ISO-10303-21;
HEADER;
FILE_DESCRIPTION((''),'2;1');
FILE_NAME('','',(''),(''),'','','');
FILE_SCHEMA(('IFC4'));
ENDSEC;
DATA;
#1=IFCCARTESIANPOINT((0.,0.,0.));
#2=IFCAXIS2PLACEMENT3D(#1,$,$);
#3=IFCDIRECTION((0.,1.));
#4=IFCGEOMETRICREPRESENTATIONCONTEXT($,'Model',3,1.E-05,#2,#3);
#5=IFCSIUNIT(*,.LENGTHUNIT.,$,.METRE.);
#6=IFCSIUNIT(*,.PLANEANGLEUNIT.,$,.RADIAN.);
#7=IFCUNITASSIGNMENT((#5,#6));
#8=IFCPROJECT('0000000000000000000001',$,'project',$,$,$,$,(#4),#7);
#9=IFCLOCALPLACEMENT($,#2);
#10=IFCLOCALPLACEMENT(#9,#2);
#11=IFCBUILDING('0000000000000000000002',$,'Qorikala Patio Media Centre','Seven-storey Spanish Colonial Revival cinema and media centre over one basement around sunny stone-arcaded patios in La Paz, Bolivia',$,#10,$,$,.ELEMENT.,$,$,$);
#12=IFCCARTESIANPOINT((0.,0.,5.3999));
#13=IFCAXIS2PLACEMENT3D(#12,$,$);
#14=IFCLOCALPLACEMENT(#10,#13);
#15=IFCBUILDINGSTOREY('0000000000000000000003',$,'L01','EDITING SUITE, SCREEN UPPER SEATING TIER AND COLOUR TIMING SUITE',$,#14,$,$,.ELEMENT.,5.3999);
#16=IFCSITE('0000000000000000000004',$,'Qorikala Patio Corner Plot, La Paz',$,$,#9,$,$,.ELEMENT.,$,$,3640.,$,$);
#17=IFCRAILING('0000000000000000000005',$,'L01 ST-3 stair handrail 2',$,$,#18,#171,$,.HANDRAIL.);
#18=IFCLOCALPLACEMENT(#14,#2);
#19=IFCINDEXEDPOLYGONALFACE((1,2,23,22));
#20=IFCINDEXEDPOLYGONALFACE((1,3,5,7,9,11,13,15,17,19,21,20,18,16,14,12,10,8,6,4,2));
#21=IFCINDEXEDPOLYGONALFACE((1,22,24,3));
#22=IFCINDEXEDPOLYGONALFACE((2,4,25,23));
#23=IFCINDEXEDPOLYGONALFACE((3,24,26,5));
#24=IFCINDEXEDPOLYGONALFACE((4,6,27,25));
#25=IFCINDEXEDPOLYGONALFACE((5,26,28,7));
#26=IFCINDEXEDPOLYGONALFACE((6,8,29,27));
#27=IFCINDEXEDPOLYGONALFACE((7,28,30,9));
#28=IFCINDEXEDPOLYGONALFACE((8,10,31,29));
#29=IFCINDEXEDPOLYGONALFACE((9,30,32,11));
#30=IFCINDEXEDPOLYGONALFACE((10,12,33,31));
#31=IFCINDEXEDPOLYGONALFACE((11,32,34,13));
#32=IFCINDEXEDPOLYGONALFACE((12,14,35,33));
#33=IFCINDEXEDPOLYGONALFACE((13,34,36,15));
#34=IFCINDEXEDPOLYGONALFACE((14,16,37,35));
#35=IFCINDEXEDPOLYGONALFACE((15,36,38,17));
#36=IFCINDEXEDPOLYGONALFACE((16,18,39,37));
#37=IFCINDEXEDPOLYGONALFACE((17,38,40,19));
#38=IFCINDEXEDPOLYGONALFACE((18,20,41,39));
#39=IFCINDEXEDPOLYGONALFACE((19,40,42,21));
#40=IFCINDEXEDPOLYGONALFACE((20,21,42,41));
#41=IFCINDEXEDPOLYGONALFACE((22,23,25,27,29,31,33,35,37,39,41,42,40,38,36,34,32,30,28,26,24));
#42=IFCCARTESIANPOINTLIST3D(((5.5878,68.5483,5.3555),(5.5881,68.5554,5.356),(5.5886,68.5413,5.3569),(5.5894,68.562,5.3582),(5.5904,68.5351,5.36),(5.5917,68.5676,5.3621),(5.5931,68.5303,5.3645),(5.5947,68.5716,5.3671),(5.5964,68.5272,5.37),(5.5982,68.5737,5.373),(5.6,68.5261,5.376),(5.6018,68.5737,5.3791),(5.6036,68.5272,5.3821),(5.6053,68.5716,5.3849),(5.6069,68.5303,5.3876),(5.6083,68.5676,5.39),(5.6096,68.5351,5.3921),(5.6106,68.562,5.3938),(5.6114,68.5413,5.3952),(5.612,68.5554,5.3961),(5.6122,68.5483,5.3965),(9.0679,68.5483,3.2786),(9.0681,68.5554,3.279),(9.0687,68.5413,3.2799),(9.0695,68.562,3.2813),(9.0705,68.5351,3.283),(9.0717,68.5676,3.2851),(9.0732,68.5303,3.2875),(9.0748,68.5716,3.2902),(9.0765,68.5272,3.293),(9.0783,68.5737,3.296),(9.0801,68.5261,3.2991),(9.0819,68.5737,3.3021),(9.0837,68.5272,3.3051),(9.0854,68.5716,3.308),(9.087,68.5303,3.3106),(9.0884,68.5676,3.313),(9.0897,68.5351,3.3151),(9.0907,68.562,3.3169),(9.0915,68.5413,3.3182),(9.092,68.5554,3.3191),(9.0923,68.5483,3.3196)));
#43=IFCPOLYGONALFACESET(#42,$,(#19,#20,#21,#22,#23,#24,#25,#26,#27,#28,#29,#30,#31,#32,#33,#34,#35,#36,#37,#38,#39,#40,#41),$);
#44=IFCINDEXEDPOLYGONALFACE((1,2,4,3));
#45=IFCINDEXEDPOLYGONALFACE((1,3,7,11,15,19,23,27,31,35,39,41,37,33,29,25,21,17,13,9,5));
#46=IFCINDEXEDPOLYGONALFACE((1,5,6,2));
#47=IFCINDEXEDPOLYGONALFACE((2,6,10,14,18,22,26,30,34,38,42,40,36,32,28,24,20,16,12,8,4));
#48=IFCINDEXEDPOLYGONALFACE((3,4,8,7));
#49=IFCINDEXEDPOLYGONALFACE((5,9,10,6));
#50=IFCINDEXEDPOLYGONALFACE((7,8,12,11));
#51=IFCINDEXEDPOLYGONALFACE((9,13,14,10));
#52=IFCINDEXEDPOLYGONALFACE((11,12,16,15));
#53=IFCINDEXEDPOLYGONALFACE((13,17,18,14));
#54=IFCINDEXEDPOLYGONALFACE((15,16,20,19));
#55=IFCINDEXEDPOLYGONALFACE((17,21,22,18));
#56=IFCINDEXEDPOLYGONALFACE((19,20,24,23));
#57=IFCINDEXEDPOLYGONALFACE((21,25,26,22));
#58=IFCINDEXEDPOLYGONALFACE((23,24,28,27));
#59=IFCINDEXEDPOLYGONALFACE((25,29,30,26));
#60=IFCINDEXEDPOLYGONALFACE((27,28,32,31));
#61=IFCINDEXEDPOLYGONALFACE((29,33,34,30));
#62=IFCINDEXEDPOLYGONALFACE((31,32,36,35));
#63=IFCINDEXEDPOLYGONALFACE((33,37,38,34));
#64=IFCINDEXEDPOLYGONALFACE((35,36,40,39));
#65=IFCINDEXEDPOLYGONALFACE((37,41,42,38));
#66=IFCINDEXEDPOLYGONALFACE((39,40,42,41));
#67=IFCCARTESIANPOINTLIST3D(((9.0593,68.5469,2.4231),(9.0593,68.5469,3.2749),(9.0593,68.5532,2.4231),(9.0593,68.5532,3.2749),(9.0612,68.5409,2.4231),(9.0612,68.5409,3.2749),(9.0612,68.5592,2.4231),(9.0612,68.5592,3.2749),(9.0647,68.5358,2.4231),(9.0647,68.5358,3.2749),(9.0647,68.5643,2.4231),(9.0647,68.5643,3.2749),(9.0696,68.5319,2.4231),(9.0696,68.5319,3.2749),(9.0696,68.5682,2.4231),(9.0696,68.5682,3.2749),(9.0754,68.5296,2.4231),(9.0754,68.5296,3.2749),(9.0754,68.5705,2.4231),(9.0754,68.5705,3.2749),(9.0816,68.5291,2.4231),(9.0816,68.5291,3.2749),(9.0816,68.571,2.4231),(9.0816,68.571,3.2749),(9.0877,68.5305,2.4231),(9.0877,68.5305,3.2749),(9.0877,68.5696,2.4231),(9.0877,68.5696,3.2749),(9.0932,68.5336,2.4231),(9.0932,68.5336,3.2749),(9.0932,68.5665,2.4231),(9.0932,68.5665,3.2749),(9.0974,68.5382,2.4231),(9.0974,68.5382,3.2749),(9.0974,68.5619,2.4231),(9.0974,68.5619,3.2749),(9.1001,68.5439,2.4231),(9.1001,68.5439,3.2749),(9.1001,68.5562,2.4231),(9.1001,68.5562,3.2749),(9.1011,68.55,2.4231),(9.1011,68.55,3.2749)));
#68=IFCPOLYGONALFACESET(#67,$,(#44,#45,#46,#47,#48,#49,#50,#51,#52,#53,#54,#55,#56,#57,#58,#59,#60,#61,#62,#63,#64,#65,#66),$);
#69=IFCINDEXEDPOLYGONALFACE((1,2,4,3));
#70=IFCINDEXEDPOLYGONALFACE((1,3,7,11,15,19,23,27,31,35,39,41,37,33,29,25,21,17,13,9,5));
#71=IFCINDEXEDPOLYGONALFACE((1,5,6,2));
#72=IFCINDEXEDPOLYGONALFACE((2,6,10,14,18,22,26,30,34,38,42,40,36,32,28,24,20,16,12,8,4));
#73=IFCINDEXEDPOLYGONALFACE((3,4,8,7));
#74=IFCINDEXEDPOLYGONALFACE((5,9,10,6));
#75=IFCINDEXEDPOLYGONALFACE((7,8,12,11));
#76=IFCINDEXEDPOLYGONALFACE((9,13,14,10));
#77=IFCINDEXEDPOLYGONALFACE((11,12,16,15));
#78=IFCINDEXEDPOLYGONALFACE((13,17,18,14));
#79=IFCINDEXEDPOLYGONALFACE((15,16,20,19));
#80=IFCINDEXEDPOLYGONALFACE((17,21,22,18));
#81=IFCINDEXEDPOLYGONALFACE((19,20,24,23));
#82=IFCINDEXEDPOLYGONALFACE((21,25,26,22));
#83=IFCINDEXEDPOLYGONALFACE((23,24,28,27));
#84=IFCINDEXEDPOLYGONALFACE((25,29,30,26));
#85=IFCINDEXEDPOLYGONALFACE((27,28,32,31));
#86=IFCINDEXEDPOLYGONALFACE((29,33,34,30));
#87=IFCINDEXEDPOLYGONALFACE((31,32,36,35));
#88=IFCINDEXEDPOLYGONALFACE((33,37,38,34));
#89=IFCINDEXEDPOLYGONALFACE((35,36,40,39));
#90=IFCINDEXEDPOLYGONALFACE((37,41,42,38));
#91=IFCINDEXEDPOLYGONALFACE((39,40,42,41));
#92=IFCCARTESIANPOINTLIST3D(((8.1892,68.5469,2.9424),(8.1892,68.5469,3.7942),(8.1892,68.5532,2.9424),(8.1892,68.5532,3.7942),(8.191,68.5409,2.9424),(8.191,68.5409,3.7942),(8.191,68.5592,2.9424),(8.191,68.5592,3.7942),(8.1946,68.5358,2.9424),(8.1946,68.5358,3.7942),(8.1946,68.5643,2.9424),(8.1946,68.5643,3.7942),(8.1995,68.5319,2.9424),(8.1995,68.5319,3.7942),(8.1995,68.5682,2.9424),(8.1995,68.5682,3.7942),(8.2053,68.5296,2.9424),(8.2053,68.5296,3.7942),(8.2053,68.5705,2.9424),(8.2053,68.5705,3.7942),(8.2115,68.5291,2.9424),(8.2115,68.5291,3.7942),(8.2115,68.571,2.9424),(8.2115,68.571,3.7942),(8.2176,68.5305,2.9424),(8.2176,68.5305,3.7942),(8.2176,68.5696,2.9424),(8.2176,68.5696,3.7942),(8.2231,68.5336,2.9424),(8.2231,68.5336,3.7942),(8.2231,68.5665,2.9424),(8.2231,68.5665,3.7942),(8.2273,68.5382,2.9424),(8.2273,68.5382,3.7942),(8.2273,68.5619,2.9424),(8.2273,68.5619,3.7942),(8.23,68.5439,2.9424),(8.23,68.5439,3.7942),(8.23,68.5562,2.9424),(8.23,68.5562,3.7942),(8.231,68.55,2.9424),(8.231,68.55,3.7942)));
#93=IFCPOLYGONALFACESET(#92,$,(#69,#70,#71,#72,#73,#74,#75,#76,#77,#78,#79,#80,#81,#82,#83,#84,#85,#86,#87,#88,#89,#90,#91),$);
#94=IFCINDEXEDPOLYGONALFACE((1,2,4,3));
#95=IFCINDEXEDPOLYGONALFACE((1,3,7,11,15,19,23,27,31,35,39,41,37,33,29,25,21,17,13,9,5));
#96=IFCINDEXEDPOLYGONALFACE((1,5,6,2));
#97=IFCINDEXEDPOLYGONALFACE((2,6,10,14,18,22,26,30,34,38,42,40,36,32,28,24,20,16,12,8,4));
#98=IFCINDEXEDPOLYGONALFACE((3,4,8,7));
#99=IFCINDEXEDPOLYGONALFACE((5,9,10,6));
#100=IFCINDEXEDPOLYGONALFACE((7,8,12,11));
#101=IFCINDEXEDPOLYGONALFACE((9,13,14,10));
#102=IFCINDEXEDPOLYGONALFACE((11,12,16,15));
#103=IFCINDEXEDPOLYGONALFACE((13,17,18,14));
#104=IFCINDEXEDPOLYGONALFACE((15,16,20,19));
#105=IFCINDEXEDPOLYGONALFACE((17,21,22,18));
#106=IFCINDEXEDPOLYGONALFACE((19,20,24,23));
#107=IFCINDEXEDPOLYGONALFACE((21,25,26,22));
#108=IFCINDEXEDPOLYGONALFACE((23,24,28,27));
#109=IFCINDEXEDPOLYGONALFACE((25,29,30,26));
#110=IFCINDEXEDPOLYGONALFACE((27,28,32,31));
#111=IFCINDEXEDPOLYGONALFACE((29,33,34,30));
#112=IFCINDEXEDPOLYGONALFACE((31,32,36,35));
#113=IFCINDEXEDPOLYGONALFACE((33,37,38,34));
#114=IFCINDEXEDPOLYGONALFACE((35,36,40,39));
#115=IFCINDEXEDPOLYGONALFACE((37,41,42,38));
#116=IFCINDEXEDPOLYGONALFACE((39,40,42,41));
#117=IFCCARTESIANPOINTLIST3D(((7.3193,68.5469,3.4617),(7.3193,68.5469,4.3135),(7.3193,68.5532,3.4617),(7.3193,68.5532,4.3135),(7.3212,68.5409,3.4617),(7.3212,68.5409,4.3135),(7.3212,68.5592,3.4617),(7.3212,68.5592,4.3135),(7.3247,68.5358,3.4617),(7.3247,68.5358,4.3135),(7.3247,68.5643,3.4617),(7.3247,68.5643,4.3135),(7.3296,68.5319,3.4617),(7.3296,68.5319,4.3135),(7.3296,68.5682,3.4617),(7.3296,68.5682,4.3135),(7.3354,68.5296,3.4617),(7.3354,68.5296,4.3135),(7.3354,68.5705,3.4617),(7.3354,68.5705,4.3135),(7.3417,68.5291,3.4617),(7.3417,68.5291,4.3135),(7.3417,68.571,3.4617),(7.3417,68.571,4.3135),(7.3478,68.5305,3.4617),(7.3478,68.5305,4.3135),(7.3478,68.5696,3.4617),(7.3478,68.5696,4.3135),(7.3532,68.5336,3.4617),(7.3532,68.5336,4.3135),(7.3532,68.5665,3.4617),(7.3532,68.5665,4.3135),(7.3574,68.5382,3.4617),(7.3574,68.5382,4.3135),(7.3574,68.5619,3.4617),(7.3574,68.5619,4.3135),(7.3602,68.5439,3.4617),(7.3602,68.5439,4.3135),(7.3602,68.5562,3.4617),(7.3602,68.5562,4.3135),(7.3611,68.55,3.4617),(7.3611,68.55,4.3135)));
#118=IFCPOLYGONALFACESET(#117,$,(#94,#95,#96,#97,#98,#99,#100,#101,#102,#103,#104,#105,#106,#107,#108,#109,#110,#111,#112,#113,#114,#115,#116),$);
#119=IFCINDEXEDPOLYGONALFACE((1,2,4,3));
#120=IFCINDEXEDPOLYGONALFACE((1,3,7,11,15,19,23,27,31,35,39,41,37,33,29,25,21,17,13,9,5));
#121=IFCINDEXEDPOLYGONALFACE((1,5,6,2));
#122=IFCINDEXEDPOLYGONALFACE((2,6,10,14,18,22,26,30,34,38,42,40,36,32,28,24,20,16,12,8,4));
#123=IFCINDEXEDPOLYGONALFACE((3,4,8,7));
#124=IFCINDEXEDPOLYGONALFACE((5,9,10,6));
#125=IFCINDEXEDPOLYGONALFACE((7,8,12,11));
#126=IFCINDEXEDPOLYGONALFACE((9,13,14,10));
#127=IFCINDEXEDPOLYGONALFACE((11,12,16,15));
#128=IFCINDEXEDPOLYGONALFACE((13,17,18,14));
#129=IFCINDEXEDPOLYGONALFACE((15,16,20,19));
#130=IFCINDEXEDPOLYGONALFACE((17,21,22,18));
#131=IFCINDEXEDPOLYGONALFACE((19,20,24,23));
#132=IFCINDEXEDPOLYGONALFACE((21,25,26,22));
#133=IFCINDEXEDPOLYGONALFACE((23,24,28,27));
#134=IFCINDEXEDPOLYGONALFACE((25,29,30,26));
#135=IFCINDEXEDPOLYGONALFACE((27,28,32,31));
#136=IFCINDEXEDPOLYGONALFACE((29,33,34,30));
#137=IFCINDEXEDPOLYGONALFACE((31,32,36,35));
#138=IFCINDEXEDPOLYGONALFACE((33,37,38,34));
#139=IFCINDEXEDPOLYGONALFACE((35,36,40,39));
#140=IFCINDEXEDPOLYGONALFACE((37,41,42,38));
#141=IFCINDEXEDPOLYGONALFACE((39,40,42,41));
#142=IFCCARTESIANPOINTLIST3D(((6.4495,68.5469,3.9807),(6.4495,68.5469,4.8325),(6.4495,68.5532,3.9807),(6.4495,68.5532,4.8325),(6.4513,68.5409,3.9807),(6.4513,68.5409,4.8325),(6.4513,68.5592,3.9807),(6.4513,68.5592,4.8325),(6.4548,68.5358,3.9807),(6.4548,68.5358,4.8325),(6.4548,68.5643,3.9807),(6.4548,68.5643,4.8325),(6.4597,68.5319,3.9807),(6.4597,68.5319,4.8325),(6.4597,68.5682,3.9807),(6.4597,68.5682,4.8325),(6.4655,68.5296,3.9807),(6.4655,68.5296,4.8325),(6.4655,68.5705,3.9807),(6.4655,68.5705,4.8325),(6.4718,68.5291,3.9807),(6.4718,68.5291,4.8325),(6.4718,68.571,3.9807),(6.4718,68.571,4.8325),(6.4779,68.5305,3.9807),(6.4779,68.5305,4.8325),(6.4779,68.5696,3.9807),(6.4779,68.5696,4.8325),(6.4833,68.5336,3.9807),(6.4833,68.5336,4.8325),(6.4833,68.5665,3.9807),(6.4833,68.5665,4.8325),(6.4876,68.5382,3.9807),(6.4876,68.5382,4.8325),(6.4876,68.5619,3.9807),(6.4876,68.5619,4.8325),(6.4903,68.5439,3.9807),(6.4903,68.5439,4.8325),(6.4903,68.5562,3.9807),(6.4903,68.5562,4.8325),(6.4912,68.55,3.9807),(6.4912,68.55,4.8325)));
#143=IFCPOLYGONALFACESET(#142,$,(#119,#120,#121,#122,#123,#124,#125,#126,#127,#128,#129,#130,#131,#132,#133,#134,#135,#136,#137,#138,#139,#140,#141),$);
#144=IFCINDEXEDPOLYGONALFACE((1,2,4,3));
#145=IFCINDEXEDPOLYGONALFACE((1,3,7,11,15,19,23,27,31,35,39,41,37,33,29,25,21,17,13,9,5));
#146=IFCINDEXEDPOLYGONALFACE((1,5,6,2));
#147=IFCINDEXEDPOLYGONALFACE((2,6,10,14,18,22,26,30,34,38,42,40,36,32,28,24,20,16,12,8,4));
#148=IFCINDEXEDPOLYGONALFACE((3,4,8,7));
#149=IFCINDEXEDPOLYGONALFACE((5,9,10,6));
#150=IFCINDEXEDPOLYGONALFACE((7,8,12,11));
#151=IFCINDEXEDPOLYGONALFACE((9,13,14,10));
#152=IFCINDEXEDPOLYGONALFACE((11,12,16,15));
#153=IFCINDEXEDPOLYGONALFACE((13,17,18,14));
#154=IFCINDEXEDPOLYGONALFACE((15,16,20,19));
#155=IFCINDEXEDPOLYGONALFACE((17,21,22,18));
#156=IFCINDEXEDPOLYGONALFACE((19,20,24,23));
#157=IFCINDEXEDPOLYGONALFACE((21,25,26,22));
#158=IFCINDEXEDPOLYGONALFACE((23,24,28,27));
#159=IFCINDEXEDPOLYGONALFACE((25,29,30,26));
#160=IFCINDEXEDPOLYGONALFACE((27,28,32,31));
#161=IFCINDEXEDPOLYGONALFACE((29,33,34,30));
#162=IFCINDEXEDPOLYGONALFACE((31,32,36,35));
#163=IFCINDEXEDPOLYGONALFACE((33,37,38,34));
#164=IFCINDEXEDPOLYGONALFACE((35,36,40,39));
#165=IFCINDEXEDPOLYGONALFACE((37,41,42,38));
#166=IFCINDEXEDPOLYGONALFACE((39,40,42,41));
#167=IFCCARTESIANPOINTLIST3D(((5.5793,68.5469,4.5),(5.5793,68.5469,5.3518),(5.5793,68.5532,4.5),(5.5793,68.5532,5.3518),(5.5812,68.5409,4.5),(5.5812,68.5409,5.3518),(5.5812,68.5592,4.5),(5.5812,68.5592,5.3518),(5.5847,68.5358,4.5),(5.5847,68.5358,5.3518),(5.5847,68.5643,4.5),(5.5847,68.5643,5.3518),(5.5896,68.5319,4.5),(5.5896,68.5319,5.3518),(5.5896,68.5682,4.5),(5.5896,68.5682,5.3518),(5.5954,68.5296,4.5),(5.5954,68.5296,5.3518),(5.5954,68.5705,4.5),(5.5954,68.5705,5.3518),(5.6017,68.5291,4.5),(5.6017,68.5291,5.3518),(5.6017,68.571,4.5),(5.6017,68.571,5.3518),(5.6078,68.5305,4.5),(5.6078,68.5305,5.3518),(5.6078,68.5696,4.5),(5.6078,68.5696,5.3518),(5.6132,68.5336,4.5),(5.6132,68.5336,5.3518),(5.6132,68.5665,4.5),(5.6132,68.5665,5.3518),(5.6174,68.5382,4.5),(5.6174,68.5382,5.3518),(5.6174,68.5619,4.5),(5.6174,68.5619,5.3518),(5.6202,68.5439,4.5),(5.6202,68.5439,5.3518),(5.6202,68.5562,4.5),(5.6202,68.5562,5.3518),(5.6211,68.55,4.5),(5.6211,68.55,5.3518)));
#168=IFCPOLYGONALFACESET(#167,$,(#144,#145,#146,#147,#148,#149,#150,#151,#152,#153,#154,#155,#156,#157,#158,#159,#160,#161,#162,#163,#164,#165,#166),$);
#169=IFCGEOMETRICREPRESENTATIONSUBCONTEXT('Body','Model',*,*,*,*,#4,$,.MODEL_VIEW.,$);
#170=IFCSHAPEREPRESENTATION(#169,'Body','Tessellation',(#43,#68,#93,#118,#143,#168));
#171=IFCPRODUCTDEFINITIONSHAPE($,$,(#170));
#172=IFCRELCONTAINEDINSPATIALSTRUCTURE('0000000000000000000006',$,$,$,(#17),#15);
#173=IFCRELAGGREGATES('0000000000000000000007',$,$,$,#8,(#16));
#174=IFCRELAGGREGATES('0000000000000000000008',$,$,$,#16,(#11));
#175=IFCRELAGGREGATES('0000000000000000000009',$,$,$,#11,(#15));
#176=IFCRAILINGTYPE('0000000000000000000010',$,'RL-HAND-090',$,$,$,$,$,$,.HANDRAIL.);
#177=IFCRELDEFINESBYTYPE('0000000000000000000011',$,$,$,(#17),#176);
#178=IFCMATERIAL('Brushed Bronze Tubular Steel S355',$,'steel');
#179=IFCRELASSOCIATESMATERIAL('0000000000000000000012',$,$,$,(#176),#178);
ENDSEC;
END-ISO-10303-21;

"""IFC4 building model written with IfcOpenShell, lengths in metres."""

from ifc_helpers import new_model, si_unit, direction, frame, origin, origin_2d, place, context, subcontext, project, spatial, circle, extrude, material, type_object, element, save


model = new_model("IFC4")

# Units and contexts
model_context = context("Model", 3, precision=1e-05, world=origin(), true_north=direction((0.0, 1.0)))
body_context = subcontext(model_context, "Body", "Model", "MODEL_VIEW")
ifc_project = project(units=[si_unit("LENGTHUNIT", "METRE"), si_unit("PLANEANGLEUNIT", "RADIAN")], contexts=[model_context])

# Site, building, storey
site_placement = place(None, origin())
site = spatial("IfcSite", under=ifc_project, at=site_placement, Name="Qorikala Patio Corner Plot, La Paz", CompositionType="ELEMENT", RefElevation=3640.0)
building_placement = place(site_placement, origin())
building = spatial("IfcBuilding", under=site, at=building_placement, Name="Qorikala Patio Media Centre", Description="Seven-storey Spanish Colonial Revival cinema and media centre over one basement around sunny stone-arcaded patios in La Paz, Bolivia", CompositionType="ELEMENT")
storey_placement = place(building_placement, frame((0.0, 0.0, 5.3999)))
storey = spatial("IfcBuildingStorey", under=building, at=storey_placement, Name="L01", Description="EDITING SUITE, SCREEN UPPER SEATING TIER AND COLOUR TIMING SUITE", CompositionType="ELEMENT", Elevation=5.3999)

# Railing
ifc_material_1 = material(Name="Brushed Bronze Tubular Steel S355", Category="steel")
railing_type_1 = type_object("IfcRailingType", Name="RL-HAND-090", PredefinedType="HANDRAIL", material=ifc_material_1)
railing_1_placement = place(storey_placement, frame((9.0801, 68.55, 2.4231)))
element("IfcRailing", 1, at=railing_1_placement, inside=storey, type_object=railing_type_1, Name="L01 ST-3 stair handrail 2", PredefinedType="HANDRAIL", context=body_context, shape_type="SweptSolid", body=[
    extrude(circle(Radius=0.0239, at=origin_2d()), frame((0.0, 0.0, 0.876), z_axis=(-0.858697, 0.0, 0.512483), x_axis=(0.0, -1.0, 0.0)), (0.0, 0.0, 1.0), 4.0527),
    extrude(circle(Radius=0.021, at=origin_2d()), origin(), (0.0, 0.0, 1.0), 0.8518),
    extrude(circle(Radius=0.021, at=origin_2d()), frame((-0.8701, 0.0, 0.5193)), (0.0, 0.0, 1.0), 0.8518),
    extrude(circle(Radius=0.021, at=origin_2d()), frame((-1.74, 0.0, 1.0386)), (0.0, 0.0, 1.0), 0.8518),
    extrude(circle(Radius=0.021, at=origin_2d()), frame((-2.6099, 0.0, 1.5576)), (0.0, 0.0, 1.0), 0.8518),
    extrude(circle(Radius=0.021, at=origin_2d()), frame((-3.48, 0.0, 2.0769)), (0.0, 0.0, 1.0), 0.8518),
])

save(model, "model.ifc")
